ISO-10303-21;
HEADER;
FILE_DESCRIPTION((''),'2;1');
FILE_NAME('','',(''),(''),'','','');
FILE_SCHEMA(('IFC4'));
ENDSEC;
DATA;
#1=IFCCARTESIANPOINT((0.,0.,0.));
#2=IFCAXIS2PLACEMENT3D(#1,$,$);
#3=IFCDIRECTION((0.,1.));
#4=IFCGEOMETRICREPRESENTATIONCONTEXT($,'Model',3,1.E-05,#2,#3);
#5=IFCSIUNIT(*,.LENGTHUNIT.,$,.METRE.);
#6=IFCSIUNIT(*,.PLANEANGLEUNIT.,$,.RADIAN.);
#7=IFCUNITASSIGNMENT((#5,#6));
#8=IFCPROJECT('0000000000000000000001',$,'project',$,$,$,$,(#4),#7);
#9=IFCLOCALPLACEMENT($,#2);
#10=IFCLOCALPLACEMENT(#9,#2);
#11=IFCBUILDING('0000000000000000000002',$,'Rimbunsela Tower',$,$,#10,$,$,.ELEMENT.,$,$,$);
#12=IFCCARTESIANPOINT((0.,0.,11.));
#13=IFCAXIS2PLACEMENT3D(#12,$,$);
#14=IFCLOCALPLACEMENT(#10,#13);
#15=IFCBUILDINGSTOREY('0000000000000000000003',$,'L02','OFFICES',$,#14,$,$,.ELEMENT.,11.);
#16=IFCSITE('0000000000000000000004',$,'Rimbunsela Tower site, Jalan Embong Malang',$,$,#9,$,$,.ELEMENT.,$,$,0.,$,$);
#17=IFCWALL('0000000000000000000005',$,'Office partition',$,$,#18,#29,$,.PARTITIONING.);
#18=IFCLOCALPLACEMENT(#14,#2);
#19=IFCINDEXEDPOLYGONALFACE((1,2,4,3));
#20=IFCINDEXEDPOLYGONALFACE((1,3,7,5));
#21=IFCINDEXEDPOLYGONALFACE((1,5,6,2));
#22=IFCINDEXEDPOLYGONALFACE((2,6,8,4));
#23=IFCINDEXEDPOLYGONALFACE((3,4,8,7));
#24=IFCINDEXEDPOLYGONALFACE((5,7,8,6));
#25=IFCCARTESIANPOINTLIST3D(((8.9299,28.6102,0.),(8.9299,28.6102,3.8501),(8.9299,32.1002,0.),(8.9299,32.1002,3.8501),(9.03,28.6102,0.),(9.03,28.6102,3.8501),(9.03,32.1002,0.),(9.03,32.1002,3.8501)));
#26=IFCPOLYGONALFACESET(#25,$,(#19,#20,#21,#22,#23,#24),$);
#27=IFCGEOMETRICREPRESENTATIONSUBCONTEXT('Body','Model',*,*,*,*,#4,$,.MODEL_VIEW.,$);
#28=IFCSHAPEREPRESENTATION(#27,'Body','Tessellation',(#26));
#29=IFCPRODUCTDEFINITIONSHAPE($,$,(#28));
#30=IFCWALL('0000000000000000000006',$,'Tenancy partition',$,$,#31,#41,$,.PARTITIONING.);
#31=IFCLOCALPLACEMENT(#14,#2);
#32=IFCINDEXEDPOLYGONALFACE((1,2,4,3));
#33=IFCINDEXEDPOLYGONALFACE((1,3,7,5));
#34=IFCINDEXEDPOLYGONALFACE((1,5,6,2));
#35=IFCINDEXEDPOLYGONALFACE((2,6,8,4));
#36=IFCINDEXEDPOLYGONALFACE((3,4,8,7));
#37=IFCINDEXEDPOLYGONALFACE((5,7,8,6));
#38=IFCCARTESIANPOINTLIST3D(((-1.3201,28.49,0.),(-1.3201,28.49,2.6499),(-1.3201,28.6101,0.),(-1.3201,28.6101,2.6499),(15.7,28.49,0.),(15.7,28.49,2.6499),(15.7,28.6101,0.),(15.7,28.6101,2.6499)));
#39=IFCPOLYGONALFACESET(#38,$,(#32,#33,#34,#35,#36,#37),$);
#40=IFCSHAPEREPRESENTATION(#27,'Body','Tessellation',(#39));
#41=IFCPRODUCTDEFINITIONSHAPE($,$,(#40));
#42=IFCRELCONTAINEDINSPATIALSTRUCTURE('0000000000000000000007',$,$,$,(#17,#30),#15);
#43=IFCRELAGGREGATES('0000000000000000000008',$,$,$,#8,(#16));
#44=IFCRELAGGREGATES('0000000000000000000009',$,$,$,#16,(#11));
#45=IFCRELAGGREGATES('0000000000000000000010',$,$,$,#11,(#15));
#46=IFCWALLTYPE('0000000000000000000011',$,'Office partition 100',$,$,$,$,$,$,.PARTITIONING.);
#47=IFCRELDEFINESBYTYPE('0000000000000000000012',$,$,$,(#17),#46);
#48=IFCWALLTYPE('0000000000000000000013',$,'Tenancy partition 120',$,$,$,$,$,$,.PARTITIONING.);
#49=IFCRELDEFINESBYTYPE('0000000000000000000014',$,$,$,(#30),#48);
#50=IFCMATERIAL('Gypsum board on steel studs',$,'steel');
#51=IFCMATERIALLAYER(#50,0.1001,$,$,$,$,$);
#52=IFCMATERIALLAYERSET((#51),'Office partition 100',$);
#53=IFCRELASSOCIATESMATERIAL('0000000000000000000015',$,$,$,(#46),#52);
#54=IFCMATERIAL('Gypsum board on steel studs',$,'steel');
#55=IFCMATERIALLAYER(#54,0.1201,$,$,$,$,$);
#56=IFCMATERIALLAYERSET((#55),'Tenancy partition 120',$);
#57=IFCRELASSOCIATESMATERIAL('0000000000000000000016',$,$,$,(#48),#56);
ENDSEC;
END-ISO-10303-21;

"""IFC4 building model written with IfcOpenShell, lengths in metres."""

from ifc_helpers import new_model, si_unit, direction, frame, frame_2d, origin, place, context, subcontext, project, spatial, rectangle, extrude, material, layer, layer_set, type_object, element, save


model = new_model("IFC4")

# Units and contexts
model_context = context("Model", 3, precision=1e-05, world=origin(), true_north=direction((0.0, 1.0)))
body_context = subcontext(model_context, "Body", "Model", "MODEL_VIEW")
ifc_project = project(units=[si_unit("LENGTHUNIT", "METRE"), si_unit("PLANEANGLEUNIT", "RADIAN")], contexts=[model_context])

# Site, building, storey
site_placement = place(None, origin())
site = spatial("IfcSite", under=ifc_project, at=site_placement, Name="Rimbunsela Tower site, Jalan Embong Malang", CompositionType="ELEMENT", RefElevation=0.0)
building_placement = place(site_placement, origin())
building = spatial("IfcBuilding", under=site, at=building_placement, Name="Rimbunsela Tower", CompositionType="ELEMENT")
storey_placement = place(building_placement, frame((0.0, 0.0, 11.0)))
storey = spatial("IfcBuildingStorey", under=building, at=storey_placement, Name="L02", Description="OFFICES", CompositionType="ELEMENT", Elevation=11.0)

# Shared definitions
ifc_material_1 = material(Name="Gypsum board on steel studs", Category="steel")
ifc_layer_1 = layer(ifc_material_1, 0.1001)
ifc_layer_set_1 = layer_set([ifc_layer_1], Name="Office partition 100")
wall_type_1 = type_object("IfcWallType", Name="Office partition 100", PredefinedType="PARTITIONING", material=ifc_layer_set_1)

# Walls
for number, where, z_axis, x_axis, name in (
    (1, (8.98, 28.6101, 0.0), (0.0, 0.0, 1.0), (0.0, 1.0, 0.0), "Office partition"),
):
    element("IfcWall", number, at=place(storey_placement, frame(where, z_axis=z_axis, x_axis=x_axis)), inside=storey, type_object=wall_type_1, Name=name, PredefinedType="PARTITIONING", context=body_context, shape_type="SweptSolid", body=[
        extrude(rectangle(XDim=3.49, YDim=0.1001, at=frame_2d((1.7451, 0.0))), origin(), (0.0, 0.0, 1.0), 3.8501),
    ])
ifc_material_2 = material(Name="Gypsum board on steel studs", Category="steel")
ifc_layer_2 = layer(ifc_material_2, 0.1201)
ifc_layer_set_2 = layer_set([ifc_layer_2], Name="Tenancy partition 120")
wall_type_2 = type_object("IfcWallType", Name="Tenancy partition 120", PredefinedType="PARTITIONING", material=ifc_layer_set_2)
wall_1_placement = place(storey_placement, frame((-1.3201, 28.55, 0.0), z_axis=(0.0, 0.0, 1.0), x_axis=(1.0, 0.0, 0.0)))
element("IfcWall", 2, at=wall_1_placement, inside=storey, type_object=wall_type_2, Name="Tenancy partition", PredefinedType="PARTITIONING", context=body_context, shape_type="SweptSolid", body=[
    extrude(rectangle(XDim=17.02, YDim=0.1201, at=frame_2d((8.51, 0.0))), origin(), (0.0, 0.0, 1.0), 2.6499),
])

save(model, "model.ifc")
